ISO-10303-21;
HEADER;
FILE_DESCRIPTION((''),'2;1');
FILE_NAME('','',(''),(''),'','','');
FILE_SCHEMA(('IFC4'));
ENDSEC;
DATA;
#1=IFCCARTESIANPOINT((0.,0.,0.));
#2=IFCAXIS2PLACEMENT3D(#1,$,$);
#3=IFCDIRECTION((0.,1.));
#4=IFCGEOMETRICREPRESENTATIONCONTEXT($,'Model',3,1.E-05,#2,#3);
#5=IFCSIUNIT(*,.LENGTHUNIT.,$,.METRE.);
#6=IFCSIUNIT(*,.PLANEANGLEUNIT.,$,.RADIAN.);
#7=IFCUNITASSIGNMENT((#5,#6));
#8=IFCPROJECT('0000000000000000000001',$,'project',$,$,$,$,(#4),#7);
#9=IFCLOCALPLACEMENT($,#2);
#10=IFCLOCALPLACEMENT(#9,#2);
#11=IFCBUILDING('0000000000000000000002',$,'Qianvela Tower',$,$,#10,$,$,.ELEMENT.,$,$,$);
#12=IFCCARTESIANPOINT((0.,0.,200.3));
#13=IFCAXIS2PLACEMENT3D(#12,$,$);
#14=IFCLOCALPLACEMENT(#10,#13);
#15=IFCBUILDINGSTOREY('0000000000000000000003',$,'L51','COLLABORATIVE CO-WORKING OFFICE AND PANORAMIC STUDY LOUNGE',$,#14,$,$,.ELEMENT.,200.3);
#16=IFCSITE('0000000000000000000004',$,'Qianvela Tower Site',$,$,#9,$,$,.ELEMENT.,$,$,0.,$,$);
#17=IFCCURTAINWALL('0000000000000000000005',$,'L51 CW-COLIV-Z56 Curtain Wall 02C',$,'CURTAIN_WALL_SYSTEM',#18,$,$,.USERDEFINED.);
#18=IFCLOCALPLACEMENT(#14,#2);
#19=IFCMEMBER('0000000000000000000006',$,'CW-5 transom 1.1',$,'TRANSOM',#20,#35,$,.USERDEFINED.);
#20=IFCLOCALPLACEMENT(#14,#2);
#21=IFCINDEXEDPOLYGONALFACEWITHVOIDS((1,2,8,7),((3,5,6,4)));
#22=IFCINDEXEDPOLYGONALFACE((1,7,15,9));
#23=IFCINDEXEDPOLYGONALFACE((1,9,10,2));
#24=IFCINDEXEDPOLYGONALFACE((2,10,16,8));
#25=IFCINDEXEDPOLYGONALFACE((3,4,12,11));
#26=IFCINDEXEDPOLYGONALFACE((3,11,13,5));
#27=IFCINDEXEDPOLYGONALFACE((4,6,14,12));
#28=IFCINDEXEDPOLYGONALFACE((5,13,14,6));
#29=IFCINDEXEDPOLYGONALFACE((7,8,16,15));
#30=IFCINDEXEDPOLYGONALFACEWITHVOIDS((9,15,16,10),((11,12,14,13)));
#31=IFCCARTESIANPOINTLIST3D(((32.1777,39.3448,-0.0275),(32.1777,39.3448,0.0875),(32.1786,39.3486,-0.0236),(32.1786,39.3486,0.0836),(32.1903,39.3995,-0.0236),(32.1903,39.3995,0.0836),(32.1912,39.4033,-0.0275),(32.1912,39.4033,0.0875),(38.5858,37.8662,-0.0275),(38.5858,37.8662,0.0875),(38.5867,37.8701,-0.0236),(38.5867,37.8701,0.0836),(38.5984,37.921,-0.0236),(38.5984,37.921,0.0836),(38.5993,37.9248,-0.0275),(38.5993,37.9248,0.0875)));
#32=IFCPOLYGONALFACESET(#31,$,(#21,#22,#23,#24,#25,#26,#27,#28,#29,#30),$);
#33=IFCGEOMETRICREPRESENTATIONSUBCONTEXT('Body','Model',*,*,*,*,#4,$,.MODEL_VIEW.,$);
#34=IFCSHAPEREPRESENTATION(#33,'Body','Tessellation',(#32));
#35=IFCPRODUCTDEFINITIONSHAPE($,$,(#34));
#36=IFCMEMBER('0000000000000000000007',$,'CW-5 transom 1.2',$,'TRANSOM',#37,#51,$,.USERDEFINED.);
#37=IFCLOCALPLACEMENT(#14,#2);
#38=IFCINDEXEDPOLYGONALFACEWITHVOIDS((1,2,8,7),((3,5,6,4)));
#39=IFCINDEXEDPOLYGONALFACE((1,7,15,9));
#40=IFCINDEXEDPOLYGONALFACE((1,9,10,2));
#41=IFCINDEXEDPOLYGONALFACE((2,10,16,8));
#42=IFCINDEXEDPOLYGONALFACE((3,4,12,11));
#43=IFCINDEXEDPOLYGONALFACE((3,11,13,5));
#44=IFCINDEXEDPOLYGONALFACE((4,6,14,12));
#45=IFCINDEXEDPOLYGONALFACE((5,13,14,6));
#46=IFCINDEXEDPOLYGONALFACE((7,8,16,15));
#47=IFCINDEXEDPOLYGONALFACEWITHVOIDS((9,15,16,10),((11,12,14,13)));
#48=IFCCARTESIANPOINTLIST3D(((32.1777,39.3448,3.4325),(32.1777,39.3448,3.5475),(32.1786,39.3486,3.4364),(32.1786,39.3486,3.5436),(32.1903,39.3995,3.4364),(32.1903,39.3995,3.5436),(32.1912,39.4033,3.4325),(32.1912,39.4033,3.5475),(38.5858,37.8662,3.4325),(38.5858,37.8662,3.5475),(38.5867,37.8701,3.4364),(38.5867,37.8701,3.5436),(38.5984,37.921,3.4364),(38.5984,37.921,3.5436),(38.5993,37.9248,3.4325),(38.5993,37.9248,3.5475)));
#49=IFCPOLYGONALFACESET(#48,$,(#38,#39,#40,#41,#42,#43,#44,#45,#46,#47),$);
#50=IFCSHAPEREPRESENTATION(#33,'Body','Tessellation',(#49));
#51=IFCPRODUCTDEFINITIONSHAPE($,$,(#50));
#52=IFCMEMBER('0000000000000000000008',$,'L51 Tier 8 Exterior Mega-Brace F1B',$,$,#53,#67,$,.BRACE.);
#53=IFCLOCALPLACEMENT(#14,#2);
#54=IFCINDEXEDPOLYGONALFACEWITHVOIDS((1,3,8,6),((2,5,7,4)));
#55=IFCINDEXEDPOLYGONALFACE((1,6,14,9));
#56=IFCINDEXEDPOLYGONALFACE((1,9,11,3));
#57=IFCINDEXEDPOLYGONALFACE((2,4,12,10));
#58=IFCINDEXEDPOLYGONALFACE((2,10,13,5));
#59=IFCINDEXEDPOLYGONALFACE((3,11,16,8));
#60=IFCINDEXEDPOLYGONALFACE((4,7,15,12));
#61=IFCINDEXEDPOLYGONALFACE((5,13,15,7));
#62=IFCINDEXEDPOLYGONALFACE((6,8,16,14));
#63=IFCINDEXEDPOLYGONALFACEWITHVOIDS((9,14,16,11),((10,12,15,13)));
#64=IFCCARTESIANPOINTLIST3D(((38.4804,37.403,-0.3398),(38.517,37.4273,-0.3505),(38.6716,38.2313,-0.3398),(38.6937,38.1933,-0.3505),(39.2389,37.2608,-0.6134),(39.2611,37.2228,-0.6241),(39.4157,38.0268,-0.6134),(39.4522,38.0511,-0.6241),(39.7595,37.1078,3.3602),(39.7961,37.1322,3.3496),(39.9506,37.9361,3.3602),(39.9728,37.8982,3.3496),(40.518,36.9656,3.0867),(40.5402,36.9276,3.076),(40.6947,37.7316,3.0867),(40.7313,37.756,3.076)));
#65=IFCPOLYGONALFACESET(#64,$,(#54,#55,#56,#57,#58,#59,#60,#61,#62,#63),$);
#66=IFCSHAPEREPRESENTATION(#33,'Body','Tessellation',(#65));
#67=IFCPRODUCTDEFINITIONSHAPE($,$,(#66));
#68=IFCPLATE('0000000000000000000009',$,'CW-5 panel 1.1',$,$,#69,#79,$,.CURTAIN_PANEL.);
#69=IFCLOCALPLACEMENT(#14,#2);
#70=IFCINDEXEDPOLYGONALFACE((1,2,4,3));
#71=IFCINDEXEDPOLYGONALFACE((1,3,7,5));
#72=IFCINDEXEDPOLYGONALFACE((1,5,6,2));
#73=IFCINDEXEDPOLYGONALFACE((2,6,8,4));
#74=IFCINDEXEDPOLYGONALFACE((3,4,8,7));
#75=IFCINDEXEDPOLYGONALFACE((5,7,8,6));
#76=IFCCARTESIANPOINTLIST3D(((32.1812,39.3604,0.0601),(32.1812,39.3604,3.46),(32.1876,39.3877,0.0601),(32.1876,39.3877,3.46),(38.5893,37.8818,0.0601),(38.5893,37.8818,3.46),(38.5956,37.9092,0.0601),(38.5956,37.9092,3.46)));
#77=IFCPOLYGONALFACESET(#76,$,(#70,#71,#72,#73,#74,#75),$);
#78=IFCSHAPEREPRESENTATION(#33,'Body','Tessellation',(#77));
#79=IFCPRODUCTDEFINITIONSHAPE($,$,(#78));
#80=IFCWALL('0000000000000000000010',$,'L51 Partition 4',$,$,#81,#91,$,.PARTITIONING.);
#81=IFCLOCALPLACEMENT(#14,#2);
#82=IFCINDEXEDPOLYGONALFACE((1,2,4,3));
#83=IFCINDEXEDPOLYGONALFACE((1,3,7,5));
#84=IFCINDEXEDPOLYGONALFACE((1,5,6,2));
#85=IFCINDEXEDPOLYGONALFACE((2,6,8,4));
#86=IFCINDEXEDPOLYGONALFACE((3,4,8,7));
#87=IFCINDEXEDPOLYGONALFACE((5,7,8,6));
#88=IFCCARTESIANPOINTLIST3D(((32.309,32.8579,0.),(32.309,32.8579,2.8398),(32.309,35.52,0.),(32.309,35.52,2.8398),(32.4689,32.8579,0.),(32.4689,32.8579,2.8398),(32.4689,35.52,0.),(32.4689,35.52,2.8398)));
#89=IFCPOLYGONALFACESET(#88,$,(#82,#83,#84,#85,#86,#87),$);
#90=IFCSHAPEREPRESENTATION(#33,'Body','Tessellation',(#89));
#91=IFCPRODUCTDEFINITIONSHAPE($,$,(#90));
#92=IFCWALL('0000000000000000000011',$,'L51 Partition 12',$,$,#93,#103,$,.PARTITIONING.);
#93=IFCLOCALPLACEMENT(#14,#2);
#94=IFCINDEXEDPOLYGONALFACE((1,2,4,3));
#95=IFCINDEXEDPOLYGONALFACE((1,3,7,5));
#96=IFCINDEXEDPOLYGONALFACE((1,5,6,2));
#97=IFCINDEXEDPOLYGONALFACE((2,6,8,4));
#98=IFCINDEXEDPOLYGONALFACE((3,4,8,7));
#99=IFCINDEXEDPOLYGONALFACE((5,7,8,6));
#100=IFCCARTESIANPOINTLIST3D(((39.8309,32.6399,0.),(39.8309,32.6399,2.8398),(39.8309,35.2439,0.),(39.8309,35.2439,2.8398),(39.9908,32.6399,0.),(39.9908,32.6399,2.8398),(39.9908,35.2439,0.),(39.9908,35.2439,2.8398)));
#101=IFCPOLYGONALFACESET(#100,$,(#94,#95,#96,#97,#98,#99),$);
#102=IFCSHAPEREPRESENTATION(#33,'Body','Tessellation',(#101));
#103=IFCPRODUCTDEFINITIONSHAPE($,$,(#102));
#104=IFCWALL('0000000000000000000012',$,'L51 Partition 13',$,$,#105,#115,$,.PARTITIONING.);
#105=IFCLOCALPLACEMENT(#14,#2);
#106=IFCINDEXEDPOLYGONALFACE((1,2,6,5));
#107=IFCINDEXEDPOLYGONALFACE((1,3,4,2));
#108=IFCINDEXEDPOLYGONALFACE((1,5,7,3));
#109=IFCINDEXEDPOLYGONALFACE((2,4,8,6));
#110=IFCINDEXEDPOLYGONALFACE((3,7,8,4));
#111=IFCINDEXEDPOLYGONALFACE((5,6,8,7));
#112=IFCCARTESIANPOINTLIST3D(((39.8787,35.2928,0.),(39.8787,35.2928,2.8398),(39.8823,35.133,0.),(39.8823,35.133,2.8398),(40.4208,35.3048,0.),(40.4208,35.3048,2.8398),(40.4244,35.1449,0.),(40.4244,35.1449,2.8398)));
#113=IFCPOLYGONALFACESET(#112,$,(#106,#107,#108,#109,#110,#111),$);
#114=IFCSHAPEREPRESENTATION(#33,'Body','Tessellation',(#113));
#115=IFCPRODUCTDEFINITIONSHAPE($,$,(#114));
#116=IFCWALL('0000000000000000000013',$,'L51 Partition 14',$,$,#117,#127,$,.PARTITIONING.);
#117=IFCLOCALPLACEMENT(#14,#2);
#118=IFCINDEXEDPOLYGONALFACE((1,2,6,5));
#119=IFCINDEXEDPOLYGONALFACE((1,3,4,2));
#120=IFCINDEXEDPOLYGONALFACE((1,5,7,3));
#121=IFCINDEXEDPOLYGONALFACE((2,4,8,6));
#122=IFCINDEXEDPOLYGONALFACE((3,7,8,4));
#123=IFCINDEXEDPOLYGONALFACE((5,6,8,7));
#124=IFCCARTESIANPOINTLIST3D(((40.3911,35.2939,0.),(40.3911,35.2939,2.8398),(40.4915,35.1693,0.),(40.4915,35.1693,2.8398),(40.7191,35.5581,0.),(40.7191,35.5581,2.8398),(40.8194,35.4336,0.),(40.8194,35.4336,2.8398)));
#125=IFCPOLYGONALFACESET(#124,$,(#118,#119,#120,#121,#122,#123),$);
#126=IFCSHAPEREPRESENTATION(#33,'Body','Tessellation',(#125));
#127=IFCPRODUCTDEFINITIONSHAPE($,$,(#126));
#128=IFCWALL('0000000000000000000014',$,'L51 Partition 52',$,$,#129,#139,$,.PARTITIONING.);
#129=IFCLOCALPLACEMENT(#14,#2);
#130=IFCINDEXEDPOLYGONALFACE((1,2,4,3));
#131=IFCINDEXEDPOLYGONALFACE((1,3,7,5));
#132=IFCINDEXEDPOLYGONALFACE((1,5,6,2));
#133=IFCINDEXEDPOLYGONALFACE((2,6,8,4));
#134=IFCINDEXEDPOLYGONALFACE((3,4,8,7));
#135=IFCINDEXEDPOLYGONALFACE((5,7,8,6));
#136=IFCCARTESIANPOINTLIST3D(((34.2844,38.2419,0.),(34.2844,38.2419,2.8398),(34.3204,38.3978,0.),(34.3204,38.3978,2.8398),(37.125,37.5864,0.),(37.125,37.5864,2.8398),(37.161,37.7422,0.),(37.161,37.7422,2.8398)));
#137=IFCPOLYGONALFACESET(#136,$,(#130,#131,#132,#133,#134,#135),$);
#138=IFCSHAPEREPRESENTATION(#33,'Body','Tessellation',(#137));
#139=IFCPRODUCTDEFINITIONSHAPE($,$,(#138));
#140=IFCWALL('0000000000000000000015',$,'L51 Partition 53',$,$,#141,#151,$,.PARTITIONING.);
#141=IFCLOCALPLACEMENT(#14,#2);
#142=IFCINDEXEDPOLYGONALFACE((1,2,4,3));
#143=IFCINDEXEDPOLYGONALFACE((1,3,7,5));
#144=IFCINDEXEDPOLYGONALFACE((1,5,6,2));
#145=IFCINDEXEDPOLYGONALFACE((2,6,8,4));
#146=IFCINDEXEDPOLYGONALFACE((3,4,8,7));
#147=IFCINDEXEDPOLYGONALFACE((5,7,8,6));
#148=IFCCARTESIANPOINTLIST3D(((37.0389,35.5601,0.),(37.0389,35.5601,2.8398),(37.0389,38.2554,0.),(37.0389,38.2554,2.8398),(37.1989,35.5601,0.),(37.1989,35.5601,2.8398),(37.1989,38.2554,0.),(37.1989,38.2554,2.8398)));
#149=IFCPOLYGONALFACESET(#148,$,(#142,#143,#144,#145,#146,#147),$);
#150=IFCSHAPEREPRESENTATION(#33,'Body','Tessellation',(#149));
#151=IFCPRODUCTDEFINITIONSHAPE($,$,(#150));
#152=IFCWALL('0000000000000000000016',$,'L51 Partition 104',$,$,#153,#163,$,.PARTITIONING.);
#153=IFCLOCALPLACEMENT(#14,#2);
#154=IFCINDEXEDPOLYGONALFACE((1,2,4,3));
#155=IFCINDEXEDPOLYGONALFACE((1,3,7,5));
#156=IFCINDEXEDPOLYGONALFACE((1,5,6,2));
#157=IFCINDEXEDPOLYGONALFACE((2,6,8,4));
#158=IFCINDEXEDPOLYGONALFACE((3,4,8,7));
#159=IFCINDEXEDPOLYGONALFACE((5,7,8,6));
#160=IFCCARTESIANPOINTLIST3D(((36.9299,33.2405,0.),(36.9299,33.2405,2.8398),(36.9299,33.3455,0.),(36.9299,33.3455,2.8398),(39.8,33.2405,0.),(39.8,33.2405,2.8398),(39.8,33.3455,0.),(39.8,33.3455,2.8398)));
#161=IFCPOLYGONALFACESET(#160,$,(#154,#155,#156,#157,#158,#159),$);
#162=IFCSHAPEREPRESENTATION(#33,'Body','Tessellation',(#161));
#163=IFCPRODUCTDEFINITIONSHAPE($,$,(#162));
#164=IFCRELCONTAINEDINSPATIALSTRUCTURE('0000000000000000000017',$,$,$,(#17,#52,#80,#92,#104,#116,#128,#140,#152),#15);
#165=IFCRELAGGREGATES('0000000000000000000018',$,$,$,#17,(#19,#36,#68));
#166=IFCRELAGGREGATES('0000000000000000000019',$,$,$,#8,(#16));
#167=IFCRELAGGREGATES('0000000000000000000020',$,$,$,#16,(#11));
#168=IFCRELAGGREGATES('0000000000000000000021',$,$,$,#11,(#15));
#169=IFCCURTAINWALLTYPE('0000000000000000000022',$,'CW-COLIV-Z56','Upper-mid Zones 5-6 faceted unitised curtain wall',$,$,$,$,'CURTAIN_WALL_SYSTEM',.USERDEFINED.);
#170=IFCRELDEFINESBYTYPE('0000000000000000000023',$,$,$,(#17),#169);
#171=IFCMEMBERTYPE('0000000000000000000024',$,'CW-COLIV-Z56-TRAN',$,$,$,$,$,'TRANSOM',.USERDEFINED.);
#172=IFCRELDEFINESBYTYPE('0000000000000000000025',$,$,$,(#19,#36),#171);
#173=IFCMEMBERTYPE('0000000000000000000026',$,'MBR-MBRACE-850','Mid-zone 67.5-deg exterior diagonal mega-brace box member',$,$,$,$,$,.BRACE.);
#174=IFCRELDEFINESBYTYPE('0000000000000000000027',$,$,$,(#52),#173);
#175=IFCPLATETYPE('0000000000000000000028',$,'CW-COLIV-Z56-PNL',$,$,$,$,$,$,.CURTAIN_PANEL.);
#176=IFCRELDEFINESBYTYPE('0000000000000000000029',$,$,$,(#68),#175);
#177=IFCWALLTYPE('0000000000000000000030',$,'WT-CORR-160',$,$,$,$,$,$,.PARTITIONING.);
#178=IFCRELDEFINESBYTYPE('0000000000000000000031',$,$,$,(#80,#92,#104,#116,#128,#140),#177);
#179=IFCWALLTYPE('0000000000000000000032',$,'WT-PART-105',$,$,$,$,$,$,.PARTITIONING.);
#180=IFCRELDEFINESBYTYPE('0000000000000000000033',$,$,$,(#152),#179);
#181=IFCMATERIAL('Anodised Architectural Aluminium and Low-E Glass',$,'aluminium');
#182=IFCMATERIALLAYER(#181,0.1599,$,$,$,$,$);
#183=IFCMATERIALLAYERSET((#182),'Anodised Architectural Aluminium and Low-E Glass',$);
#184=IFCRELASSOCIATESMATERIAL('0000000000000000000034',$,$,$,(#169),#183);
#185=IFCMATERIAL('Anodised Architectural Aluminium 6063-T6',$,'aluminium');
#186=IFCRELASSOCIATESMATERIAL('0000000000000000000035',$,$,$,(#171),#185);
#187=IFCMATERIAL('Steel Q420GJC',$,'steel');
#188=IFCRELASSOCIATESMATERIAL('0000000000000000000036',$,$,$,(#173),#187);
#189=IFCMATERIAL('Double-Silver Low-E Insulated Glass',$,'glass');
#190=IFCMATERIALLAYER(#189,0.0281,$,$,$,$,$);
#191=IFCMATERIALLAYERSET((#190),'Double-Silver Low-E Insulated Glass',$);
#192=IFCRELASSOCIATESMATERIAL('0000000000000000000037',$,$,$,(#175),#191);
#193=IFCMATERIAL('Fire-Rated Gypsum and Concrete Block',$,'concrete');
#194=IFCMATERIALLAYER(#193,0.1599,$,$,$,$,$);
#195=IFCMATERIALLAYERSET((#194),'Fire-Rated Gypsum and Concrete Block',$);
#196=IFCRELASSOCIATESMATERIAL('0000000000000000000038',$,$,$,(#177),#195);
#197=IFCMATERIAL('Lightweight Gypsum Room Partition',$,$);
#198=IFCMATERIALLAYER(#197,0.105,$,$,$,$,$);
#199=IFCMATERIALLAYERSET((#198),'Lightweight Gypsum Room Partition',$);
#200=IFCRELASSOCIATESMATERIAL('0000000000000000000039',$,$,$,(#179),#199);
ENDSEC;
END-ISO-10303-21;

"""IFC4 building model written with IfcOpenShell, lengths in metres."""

from ifc_helpers import new_model, si_unit, direction, frame, frame_2d, origin, origin_2d, place, context, subcontext, project, spatial, rectangle, hollow_rectangle, extrude, material, layer, layer_set, material_profile, profile_set, type_object, element, aggregate, save


model = new_model("IFC4")

# Units and contexts
model_context = context("Model", 3, precision=1e-05, world=origin(), true_north=direction((0.0, 1.0)))
body_context = subcontext(model_context, "Body", "Model", "MODEL_VIEW")
ifc_project = project(units=[si_unit("LENGTHUNIT", "METRE"), si_unit("PLANEANGLEUNIT", "RADIAN")], contexts=[model_context])

# Site, building, storey
site_placement = place(None, origin())
site = spatial("IfcSite", under=ifc_project, at=site_placement, Name="Qianvela Tower Site", CompositionType="ELEMENT", RefElevation=0.0)
building_placement = place(site_placement, origin())
building = spatial("IfcBuilding", under=site, at=building_placement, Name="Qianvela Tower", CompositionType="ELEMENT")
storey_placement = place(building_placement, frame((0.0, 0.0, 200.3)))
storey = spatial("IfcBuildingStorey", under=building, at=storey_placement, Name="L51", Description="COLLABORATIVE CO-WORKING OFFICE AND PANORAMIC STUDY LOUNGE", CompositionType="ELEMENT", Elevation=200.3)

# Curtain wall, members
ifc_material_1 = material(Name="Anodised Architectural Aluminium and Low-E Glass", Category="aluminium")
ifc_layer_1 = layer(ifc_material_1, 0.1599)
ifc_layer_set_1 = layer_set([ifc_layer_1], Name="Anodised Architectural Aluminium and Low-E Glass")
curtain_wall_type_1 = type_object("IfcCurtainWallType", Name="CW-COLIV-Z56", Description="Upper-mid Zones 5-6 faceted unitised curtain wall", ElementType="CURTAIN_WALL_SYSTEM", PredefinedType="USERDEFINED", material=ifc_layer_set_1)
curtain_wall_1_placement = place(storey_placement, origin())
curtain_wall_1 = element("IfcCurtainWall", 1, at=curtain_wall_1_placement, inside=storey, type_object=curtain_wall_type_1, Name="L51 CW-COLIV-Z56 Curtain Wall 02C", ObjectType="CURTAIN_WALL_SYSTEM", PredefinedType="USERDEFINED")
ifc_material_2 = material(Name="Anodised Architectural Aluminium 6063-T6", Category="aluminium")
ifc_material_profile_1 = material_profile(ifc_material_2, hollow_rectangle(XDim=0.0601, YDim=0.115, WallThickness=0.0039, at=origin_2d()), Name="ALU-TRAN-60x115")
ifc_profile_set_1 = profile_set([ifc_material_profile_1], Name="Anodised Architectural Aluminium 6063-T6")
member_type_1 = type_object("IfcMemberType", Name="CW-COLIV-Z56-TRAN", ElementType="TRANSOM", PredefinedType="USERDEFINED", material=ifc_profile_set_1)
member_1_placement = place(storey_placement, frame((38.5925, 37.8955, 0.03), z_axis=(-0.974399, 0.224824, 0.0), x_axis=(-0.224824, -0.974399, 0.0)))
member_1 = element("IfcMember", 2, at=member_1_placement, type_object=member_type_1, Name="CW-5 transom 1.1", ObjectType="TRANSOM", PredefinedType="USERDEFINED", context=body_context, shape_type="SweptSolid", body=[
    extrude(hollow_rectangle(XDim=0.0601, YDim=0.115, WallThickness=0.0039, at=origin_2d()), origin(), (0.0, 0.0, 1.0), 6.5764),
])
member_2_placement = place(storey_placement, frame((38.5925, 37.8955, 3.49), z_axis=(-0.974399, 0.224824, 0.0), x_axis=(-0.224824, -0.974399, 0.0)))
member_2 = element("IfcMember", 3, at=member_2_placement, type_object=member_type_1, Name="CW-5 transom 1.2", ObjectType="TRANSOM", PredefinedType="USERDEFINED", context=body_context, shape_type="SweptSolid", body=[
    extrude(hollow_rectangle(XDim=0.0601, YDim=0.115, WallThickness=0.0039, at=origin_2d()), origin(), (0.0, 0.0, 1.0), 6.5764),
])

# Member
ifc_material_3 = material(Name="Steel Q420GJC", Category="steel")
ifc_material_profile_2 = material_profile(ifc_material_3, hollow_rectangle(XDim=0.8501, YDim=0.8501, WallThickness=0.032, at=origin_2d()), Name="MBOX-850x850x32")
ifc_profile_set_2 = profile_set([ifc_material_profile_2], Name="Steel Q420GJC")
member_type_2 = type_object("IfcMemberType", Name="MBR-MBRACE-850", Description="Mid-zone 67.5-deg exterior diagonal mega-brace box member", PredefinedType="BRACE", material=ifc_profile_set_2)
member_3_placement = place(storey_placement, frame((38.9663, 37.7271, -0.4819), z_axis=(0.325798, -0.075184, 0.942445), x_axis=(0.22486, 0.974391, 0.0)))
element("IfcMember", 4, at=member_3_placement, inside=storey, type_object=member_type_2, Name="L51 Tier 8 Exterior Mega-Brace F1B", PredefinedType="BRACE", context=body_context, shape_type="SweptSolid", body=[
    extrude(hollow_rectangle(XDim=0.8501, YDim=0.8501, WallThickness=0.032, at=origin_2d()), origin(), (0.0, 0.0, 1.0), 3.926),
])

# Plate
ifc_material_4 = material(Name="Double-Silver Low-E Insulated Glass", Category="glass")
ifc_layer_2 = layer(ifc_material_4, 0.0281)
ifc_layer_set_2 = layer_set([ifc_layer_2], Name="Double-Silver Low-E Insulated Glass")
plate_type = type_object("IfcPlateType", Name="CW-COLIV-Z56-PNL", PredefinedType="CURTAIN_PANEL", material=ifc_layer_set_2)
plate_placement = place(storey_placement, frame((35.3884, 38.6348, 0.0601), z_axis=(0.0, 0.0, 1.0), x_axis=(-0.974398, 0.224831, 0.0)))
plate = element("IfcPlate", 5, at=plate_placement, type_object=plate_type, Name="CW-5 panel 1.1", PredefinedType="CURTAIN_PANEL", context=body_context, shape_type="SweptSolid", body=[
    extrude(rectangle(XDim=6.5764, YDim=0.0281, at=origin_2d()), origin(), (0.0, 0.0, 1.0), 3.3999),
])
aggregate(curtain_wall_1, [member_1, member_2, plate])

# Walls
ifc_material_5 = material(Name="Fire-Rated Gypsum and Concrete Block", Category="concrete")
ifc_layer_3 = layer(ifc_material_5, 0.1599)
ifc_layer_set_3 = layer_set([ifc_layer_3], Name="Fire-Rated Gypsum and Concrete Block")
wall_type_1 = type_object("IfcWallType", Name="WT-CORR-160", PredefinedType="PARTITIONING", material=ifc_layer_set_3)
wall_1_placement = place(storey_placement, frame((32.3889, 35.52, 0.0), z_axis=(0.0, 0.0, 1.0), x_axis=(0.0, -1.0, 0.0)))
element("IfcWall", 6, at=wall_1_placement, inside=storey, type_object=wall_type_1, Name="L51 Partition 4", PredefinedType="PARTITIONING", context=body_context, shape_type="SweptSolid", body=[
    extrude(rectangle(XDim=2.6621, YDim=0.1599, at=frame_2d((1.3311, 0.0))), origin(), (0.0, 0.0, 1.0), 2.8398),
])
wall_2_placement = place(storey_placement, frame((39.9109, 32.6399, 0.0), z_axis=(0.0, 0.0, 1.0), x_axis=(0.0, 1.0, 0.0)))
element("IfcWall", 7, at=wall_2_placement, inside=storey, type_object=wall_type_1, Name="L51 Partition 12", PredefinedType="PARTITIONING", context=body_context, shape_type="SweptSolid", body=[
    extrude(rectangle(XDim=2.604, YDim=0.1599, at=frame_2d((1.302, 0.0))), origin(), (0.0, 0.0, 1.0), 2.8398),
])
wall_3_placement = place(storey_placement, frame((39.8806, 35.2129, 0.0), z_axis=(0.0, 0.0, 1.0), x_axis=(0.999757, 0.022067, 0.0)))
element("IfcWall", 8, at=wall_3_placement, inside=storey, type_object=wall_type_1, Name="L51 Partition 13", PredefinedType="PARTITIONING", context=body_context, shape_type="SweptSolid", body=[
    extrude(rectangle(XDim=0.5422, YDim=0.1599, at=frame_2d((0.271, 0.0))), origin(), (0.0, 0.0, 1.0), 2.8398),
])
wall_4_placement = place(storey_placement, frame((40.4414, 35.2317, 0.0), z_axis=(0.0, 0.0, 1.0), x_axis=(0.778715, 0.627378, 0.0)))
element("IfcWall", 9, at=wall_4_placement, inside=storey, type_object=wall_type_1, Name="L51 Partition 14", PredefinedType="PARTITIONING", context=body_context, shape_type="SweptSolid", body=[
    extrude(rectangle(XDim=0.4211, YDim=0.1599, at=frame_2d((0.2104, 0.0))), origin(), (0.0, 0.0, 1.0), 2.8398),
])
wall_5_placement = place(storey_placement, frame((34.3025, 38.3198, 0.0), z_axis=(0.0, 0.0, 1.0), x_axis=(0.974391, -0.22486, 0.0)))
element("IfcWall", 10, at=wall_5_placement, inside=storey, type_object=wall_type_1, Name="L51 Partition 52", PredefinedType="PARTITIONING", context=body_context, shape_type="SweptSolid", body=[
    extrude(rectangle(XDim=2.9153, YDim=0.1599, at=frame_2d((1.4575, 0.0))), origin(), (0.0, 0.0, 1.0), 2.8398),
])
wall_6_placement = place(storey_placement, frame((37.1189, 38.2554, 0.0), z_axis=(0.0, 0.0, 1.0), x_axis=(0.0, -1.0, 0.0)))
element("IfcWall", 11, at=wall_6_placement, inside=storey, type_object=wall_type_1, Name="L51 Partition 53", PredefinedType="PARTITIONING", context=body_context, shape_type="SweptSolid", body=[
    extrude(rectangle(XDim=2.6953, YDim=0.1599, at=frame_2d((1.3477, 0.0))), origin(), (0.0, 0.0, 1.0), 2.8398),
])
ifc_material_6 = material(Name="Lightweight Gypsum Room Partition")
ifc_layer_4 = layer(ifc_material_6, 0.105)
ifc_layer_set_4 = layer_set([ifc_layer_4], Name="Lightweight Gypsum Room Partition")
wall_type_2 = type_object("IfcWallType", Name="WT-PART-105", PredefinedType="PARTITIONING", material=ifc_layer_set_4)
wall_7_placement = place(storey_placement, frame((39.8, 33.293, 0.0), z_axis=(0.0, 0.0, 1.0), x_axis=(-1.0, 0.0, 0.0)))
element("IfcWall", 12, at=wall_7_placement, inside=storey, type_object=wall_type_2, Name="L51 Partition 104", PredefinedType="PARTITIONING", context=body_context, shape_type="SweptSolid", body=[
    extrude(rectangle(XDim=2.8701, YDim=0.105, at=frame_2d((1.4351, 0.0))), origin(), (0.0, 0.0, 1.0), 2.8398),
])

save(model, "model.ifc")
